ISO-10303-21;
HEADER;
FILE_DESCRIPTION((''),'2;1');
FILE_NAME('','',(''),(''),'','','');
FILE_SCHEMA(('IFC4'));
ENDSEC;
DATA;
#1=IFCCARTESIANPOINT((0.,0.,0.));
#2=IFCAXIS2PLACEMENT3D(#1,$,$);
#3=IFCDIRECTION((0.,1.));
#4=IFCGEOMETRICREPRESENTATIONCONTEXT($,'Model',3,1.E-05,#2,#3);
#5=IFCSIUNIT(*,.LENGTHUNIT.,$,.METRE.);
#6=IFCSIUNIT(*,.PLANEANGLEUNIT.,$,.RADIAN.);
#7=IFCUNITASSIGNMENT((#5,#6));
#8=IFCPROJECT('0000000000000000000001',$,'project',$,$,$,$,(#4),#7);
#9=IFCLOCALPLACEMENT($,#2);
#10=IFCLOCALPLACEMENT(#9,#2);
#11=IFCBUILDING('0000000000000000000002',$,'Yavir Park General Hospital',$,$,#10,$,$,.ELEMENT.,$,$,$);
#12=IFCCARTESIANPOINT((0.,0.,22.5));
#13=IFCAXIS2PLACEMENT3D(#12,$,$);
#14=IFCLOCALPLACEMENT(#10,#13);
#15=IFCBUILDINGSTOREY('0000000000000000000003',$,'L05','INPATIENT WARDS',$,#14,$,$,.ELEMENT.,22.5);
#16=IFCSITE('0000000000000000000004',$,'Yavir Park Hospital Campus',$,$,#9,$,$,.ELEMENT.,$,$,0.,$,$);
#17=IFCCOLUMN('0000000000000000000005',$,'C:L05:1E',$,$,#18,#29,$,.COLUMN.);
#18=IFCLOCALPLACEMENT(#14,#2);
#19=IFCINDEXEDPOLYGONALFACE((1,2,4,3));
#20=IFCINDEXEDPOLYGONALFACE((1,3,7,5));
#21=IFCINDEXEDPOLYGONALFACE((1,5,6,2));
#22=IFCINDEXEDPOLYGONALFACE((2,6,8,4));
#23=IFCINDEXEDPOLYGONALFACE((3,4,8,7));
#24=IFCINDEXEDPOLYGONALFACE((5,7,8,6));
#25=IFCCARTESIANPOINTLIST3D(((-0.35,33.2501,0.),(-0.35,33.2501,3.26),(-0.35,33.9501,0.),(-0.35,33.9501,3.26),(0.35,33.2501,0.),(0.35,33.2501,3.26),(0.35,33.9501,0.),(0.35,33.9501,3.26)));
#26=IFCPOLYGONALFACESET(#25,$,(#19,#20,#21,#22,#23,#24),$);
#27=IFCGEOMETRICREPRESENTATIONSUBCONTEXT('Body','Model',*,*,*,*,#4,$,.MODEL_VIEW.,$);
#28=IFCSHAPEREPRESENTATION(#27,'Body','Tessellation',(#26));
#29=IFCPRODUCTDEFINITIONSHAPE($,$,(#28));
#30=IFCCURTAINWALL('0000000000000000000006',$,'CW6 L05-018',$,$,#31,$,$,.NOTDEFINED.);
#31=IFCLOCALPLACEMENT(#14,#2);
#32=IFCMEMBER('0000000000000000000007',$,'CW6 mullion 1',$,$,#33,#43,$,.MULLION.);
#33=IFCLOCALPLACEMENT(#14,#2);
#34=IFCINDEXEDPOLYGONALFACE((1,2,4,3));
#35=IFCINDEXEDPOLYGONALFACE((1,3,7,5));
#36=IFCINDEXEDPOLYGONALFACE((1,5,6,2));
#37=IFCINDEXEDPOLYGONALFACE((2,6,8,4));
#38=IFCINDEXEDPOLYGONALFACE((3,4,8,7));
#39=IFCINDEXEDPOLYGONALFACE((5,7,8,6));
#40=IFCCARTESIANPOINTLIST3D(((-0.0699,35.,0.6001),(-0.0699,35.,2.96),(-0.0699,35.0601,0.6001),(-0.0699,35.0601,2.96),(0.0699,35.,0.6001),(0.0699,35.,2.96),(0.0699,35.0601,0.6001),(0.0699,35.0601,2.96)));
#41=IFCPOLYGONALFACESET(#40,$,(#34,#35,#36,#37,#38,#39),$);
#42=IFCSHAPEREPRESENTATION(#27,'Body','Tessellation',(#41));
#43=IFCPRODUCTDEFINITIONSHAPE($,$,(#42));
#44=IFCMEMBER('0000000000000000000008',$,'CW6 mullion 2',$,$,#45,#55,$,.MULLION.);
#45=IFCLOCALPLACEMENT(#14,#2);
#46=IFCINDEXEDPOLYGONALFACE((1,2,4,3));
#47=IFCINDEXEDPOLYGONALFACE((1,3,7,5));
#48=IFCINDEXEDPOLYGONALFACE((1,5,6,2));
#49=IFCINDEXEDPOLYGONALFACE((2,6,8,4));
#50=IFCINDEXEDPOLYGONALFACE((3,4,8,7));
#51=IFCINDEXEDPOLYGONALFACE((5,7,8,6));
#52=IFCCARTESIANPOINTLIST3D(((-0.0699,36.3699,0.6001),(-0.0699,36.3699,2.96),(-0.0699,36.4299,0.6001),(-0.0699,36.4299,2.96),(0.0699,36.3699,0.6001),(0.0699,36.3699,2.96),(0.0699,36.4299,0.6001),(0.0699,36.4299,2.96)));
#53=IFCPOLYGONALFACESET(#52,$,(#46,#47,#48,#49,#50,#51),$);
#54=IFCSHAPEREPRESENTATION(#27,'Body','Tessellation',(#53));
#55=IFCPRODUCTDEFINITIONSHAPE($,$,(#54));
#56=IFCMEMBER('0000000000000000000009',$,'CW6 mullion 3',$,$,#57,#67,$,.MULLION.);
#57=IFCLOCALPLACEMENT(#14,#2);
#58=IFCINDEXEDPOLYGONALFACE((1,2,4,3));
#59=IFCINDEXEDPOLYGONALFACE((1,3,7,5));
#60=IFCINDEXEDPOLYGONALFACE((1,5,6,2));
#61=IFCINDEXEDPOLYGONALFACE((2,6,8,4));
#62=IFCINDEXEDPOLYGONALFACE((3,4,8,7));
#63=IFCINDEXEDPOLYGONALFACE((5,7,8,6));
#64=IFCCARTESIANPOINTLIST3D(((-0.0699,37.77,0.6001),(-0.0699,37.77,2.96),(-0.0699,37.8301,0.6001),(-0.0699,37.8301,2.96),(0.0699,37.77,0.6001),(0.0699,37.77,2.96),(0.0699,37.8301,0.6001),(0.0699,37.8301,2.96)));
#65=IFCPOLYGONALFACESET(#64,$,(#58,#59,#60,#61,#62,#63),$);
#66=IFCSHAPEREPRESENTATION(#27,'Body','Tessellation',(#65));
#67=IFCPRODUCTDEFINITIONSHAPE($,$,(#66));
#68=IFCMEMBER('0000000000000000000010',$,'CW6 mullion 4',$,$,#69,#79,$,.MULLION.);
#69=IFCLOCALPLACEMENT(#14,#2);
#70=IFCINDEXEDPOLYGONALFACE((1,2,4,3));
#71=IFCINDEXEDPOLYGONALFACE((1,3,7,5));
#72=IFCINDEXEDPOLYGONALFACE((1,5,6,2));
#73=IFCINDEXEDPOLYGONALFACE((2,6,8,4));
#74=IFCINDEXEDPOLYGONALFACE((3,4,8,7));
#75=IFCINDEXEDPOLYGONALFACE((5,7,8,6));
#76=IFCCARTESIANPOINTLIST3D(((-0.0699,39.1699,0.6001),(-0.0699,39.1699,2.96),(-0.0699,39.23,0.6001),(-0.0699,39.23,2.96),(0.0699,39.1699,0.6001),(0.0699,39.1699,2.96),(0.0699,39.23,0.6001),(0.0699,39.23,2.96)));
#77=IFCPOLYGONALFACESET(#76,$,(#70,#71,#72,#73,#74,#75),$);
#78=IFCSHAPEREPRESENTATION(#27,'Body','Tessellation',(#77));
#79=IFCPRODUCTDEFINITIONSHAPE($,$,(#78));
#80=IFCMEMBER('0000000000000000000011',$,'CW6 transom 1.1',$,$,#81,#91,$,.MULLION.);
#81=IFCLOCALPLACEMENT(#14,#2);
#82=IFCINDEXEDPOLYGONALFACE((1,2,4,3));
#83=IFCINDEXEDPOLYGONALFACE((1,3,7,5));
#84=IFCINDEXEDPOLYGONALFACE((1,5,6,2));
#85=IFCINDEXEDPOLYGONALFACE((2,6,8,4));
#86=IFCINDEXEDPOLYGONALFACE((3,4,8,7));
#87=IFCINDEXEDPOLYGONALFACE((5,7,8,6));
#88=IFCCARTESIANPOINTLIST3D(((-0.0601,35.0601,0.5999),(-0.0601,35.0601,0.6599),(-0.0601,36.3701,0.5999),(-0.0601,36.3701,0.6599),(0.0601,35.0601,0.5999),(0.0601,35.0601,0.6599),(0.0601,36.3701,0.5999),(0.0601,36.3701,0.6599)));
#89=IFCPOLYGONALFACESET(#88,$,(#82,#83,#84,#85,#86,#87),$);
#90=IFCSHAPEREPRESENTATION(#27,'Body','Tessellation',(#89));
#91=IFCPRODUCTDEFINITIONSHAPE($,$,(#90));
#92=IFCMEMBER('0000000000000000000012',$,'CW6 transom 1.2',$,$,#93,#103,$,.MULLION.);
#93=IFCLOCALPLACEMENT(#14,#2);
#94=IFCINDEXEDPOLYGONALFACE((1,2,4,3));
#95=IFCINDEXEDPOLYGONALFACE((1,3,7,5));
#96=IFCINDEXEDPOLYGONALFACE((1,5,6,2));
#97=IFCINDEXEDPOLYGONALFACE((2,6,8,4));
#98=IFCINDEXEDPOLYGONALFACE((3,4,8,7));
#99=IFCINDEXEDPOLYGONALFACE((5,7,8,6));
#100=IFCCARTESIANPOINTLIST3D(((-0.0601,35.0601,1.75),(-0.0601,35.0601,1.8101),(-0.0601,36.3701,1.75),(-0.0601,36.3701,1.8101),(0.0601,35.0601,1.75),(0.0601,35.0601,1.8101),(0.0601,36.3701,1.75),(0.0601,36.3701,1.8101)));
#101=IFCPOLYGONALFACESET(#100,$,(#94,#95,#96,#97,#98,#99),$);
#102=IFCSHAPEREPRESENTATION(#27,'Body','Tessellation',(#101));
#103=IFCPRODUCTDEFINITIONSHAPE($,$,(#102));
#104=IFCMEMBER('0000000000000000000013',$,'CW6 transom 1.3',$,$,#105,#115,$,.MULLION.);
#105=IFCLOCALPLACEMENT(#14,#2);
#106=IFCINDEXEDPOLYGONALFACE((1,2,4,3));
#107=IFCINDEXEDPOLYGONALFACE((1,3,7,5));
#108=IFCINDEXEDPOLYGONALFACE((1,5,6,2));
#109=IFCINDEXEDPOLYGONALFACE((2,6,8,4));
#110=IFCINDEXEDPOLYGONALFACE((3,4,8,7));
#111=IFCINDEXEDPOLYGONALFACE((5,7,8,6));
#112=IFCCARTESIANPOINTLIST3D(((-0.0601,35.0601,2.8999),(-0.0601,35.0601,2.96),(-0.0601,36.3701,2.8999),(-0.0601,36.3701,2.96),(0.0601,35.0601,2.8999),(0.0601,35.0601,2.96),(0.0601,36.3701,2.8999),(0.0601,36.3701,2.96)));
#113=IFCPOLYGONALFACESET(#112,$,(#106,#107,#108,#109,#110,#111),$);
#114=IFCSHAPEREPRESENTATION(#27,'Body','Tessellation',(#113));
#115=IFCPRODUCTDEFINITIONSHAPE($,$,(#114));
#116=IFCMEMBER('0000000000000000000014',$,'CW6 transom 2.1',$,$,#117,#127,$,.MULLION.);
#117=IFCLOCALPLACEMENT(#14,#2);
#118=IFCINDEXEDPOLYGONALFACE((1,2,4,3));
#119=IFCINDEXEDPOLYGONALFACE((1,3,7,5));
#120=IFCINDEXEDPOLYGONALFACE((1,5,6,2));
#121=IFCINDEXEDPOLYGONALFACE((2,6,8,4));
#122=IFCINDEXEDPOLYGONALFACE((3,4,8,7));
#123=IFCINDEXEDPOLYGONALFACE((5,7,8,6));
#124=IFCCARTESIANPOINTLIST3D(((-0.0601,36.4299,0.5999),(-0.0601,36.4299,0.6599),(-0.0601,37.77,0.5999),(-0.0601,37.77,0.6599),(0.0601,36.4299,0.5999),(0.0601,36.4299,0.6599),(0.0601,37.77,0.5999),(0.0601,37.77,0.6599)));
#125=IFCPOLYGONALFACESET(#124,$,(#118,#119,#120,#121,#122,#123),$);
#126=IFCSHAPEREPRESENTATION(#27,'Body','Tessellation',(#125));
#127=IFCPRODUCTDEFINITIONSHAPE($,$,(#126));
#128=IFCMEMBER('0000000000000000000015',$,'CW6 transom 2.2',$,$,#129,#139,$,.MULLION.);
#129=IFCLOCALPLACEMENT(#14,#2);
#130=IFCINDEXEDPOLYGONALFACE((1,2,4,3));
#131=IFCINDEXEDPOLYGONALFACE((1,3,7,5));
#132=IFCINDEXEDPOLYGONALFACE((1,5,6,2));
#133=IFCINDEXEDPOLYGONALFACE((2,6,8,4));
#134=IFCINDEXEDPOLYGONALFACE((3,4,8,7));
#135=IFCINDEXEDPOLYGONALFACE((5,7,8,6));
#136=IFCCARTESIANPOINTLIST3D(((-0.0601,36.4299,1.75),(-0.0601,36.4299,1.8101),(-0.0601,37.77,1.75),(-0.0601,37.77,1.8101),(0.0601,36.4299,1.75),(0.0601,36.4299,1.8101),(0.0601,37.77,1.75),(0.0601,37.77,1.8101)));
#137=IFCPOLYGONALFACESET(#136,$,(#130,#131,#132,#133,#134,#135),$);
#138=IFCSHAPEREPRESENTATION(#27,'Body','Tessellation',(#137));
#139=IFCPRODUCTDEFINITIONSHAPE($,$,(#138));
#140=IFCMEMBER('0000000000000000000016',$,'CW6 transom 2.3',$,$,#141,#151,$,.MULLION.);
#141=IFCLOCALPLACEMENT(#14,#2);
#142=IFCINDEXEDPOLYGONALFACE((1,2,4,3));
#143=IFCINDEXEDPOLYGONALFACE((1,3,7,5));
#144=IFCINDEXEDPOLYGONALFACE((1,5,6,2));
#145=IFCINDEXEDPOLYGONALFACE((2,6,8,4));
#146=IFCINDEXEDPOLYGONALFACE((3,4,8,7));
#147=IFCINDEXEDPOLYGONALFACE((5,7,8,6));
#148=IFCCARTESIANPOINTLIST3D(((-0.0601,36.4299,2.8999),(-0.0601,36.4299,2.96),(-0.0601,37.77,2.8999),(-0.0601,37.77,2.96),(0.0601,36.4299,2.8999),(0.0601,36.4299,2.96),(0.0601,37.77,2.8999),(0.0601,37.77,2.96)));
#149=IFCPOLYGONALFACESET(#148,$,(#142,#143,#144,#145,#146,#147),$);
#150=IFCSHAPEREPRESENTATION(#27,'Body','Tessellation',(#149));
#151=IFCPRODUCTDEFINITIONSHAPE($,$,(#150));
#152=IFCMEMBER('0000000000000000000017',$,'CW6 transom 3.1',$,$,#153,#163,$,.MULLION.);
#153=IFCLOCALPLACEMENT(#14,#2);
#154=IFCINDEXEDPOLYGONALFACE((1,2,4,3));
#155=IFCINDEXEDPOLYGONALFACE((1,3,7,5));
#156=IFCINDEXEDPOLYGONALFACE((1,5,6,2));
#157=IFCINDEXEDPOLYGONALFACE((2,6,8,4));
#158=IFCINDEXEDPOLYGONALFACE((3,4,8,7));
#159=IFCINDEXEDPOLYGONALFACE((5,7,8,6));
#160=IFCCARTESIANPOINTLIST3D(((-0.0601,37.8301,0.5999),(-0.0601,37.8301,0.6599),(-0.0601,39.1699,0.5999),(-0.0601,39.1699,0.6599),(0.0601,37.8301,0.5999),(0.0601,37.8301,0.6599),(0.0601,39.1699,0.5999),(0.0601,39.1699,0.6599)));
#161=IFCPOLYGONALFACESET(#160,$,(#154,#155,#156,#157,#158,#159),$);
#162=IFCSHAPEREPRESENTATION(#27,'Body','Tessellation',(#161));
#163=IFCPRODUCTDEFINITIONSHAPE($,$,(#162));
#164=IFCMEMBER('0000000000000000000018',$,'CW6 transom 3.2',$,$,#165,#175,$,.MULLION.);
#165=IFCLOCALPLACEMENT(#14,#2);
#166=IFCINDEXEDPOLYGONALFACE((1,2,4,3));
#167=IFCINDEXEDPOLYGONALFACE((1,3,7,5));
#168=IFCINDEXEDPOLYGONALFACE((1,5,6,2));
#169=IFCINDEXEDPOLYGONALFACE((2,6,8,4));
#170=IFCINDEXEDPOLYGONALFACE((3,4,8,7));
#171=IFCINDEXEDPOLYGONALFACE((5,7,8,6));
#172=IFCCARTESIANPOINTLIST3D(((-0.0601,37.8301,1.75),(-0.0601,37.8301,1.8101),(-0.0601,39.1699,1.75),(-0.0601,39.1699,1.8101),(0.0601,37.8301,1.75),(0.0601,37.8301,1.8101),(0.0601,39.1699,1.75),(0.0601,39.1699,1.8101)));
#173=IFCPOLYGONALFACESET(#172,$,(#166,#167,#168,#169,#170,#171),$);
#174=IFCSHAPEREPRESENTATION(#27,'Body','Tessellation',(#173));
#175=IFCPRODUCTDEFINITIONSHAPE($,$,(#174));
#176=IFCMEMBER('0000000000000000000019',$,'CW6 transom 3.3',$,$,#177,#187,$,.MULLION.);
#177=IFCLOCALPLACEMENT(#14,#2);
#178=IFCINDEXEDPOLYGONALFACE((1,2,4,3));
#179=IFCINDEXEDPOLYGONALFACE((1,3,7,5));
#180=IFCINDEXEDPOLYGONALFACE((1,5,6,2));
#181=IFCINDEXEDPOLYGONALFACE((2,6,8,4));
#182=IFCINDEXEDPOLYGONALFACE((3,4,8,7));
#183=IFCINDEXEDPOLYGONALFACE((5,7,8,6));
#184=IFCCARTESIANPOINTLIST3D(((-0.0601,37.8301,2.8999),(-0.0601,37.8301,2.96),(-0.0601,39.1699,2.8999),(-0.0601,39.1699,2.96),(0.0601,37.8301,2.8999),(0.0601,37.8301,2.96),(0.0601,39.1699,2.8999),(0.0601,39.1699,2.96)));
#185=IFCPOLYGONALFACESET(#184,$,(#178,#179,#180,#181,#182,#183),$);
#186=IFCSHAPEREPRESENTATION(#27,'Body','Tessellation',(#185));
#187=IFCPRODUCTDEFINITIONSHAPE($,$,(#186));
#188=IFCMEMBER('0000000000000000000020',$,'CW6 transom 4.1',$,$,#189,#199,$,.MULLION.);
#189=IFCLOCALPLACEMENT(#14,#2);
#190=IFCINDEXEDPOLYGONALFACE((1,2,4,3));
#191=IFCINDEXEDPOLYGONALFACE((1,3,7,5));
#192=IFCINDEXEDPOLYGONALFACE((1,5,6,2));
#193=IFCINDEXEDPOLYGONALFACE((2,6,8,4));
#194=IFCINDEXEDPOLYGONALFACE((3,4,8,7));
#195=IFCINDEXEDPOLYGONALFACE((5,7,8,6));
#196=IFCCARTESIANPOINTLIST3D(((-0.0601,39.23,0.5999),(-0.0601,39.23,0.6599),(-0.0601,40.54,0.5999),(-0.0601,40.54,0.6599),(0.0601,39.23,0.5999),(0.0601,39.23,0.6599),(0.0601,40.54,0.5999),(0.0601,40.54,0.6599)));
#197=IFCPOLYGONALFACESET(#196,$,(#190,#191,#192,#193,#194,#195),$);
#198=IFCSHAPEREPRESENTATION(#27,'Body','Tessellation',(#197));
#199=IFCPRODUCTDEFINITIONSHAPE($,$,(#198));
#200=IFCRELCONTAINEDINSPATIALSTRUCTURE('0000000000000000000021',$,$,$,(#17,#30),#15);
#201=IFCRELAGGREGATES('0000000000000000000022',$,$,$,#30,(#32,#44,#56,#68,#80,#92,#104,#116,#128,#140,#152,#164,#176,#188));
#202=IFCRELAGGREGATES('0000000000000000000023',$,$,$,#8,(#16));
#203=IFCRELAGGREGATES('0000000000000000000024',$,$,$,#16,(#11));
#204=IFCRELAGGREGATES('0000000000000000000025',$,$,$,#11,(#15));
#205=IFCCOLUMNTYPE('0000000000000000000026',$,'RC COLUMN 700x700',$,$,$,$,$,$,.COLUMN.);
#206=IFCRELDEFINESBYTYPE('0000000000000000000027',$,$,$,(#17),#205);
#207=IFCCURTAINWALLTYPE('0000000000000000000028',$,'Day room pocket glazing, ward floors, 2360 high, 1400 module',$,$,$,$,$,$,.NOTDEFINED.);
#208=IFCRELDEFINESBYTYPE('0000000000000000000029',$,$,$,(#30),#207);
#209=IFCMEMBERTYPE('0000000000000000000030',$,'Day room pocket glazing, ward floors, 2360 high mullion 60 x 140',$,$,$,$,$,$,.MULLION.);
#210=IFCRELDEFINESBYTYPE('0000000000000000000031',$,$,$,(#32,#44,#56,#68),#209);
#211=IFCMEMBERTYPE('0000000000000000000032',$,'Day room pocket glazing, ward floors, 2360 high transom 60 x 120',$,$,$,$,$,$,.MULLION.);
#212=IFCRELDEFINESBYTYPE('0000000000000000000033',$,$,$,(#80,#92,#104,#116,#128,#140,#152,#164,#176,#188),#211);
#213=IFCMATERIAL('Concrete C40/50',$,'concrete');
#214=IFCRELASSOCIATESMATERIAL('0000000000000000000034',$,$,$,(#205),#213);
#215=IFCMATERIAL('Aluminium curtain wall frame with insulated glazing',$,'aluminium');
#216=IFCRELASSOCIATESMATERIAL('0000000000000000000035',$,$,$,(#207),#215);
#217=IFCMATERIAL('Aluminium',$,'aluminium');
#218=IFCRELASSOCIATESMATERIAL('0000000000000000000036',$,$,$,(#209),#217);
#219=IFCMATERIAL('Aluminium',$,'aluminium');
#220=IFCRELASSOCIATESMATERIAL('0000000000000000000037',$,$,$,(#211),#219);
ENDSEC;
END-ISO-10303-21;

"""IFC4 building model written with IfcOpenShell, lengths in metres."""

from ifc_helpers import new_model, si_unit, direction, frame, origin, origin_2d, place, context, subcontext, project, spatial, rectangle, extrude, material, material_profile, profile_set, type_object, element, aggregate, save


model = new_model("IFC4")

# Units and contexts
model_context = context("Model", 3, precision=1e-05, world=origin(), true_north=direction((0.0, 1.0)))
body_context = subcontext(model_context, "Body", "Model", "MODEL_VIEW")
ifc_project = project(units=[si_unit("LENGTHUNIT", "METRE"), si_unit("PLANEANGLEUNIT", "RADIAN")], contexts=[model_context])

# Site, building, storey
site_placement = place(None, origin())
site = spatial("IfcSite", under=ifc_project, at=site_placement, Name="Yavir Park Hospital Campus", CompositionType="ELEMENT", RefElevation=0.0)
building_placement = place(site_placement, origin())
building = spatial("IfcBuilding", under=site, at=building_placement, Name="Yavir Park General Hospital", CompositionType="ELEMENT")
storey_placement = place(building_placement, frame((0.0, 0.0, 22.5)))
storey = spatial("IfcBuildingStorey", under=building, at=storey_placement, Name="L05", Description="INPATIENT WARDS", CompositionType="ELEMENT", Elevation=22.5)

# Column
ifc_material_1 = material(Name="Concrete C40/50", Category="concrete")
ifc_material_profile_1 = material_profile(ifc_material_1, rectangle(XDim=0.7, YDim=0.7, at=origin_2d()), Name="RC700x700")
ifc_profile_set_1 = profile_set([ifc_material_profile_1], Name="Concrete C40/50")
column_type = type_object("IfcColumnType", Name="RC COLUMN 700x700", PredefinedType="COLUMN", material=ifc_profile_set_1)
column_placement = place(storey_placement, frame((0.0, 33.6001, 0.0), z_axis=(0.0, 0.0, 1.0), x_axis=(1.0, 0.0, 0.0)))
element("IfcColumn", 1, at=column_placement, inside=storey, type_object=column_type, Name="C:L05:1E", PredefinedType="COLUMN", context=body_context, shape_type="SweptSolid", body=[
    extrude(rectangle(XDim=0.7, YDim=0.7, at=origin_2d()), origin(), (0.0, 0.0, 1.0), 3.26),
])

# Curtain wall, members
ifc_material_2 = material(Name="Aluminium curtain wall frame with insulated glazing", Category="aluminium")
curtain_wall_type = type_object("IfcCurtainWallType", Name="Day room pocket glazing, ward floors, 2360 high, 1400 module", PredefinedType="NOTDEFINED", material=ifc_material_2)
curtain_wall_placement = place(storey_placement, origin())
curtain_wall = element("IfcCurtainWall", 2, at=curtain_wall_placement, inside=storey, type_object=curtain_wall_type, Name="CW6 L05-018", PredefinedType="NOTDEFINED")
ifc_material_3 = material(Name="Aluminium", Category="aluminium")
ifc_material_profile_2 = material_profile(ifc_material_3, rectangle(XDim=0.1399, YDim=0.0601, at=origin_2d()), Name="AL 60x140")
ifc_profile_set_2 = profile_set([ifc_material_profile_2], Name="Aluminium")
member_type_1 = type_object("IfcMemberType", Name="Day room pocket glazing, ward floors, 2360 high mullion 60 x 140", PredefinedType="MULLION", material=ifc_profile_set_2)
member_1_placement = place(storey_placement, frame((0.0, 35.03, 0.6001), z_axis=(0.0, 0.0, 1.0), x_axis=(-1.0, 0.0, 0.0)))
member_1 = element("IfcMember", 3, at=member_1_placement, type_object=member_type_1, Name="CW6 mullion 1", PredefinedType="MULLION", context=body_context, shape_type="SweptSolid", body=[
    extrude(rectangle(XDim=0.1399, YDim=0.0601, at=origin_2d()), origin(), (0.0, 0.0, 1.0), 2.3599),
])
member_2_placement = place(storey_placement, frame((0.0, 36.3999, 0.6001), z_axis=(0.0, 0.0, 1.0), x_axis=(-1.0, 0.0, 0.0)))
member_2 = element("IfcMember", 4, at=member_2_placement, type_object=member_type_1, Name="CW6 mullion 2", PredefinedType="MULLION", context=body_context, shape_type="SweptSolid", body=[
    extrude(rectangle(XDim=0.1399, YDim=0.0601, at=origin_2d()), origin(), (0.0, 0.0, 1.0), 2.3599),
])
member_3_placement = place(storey_placement, frame((0.0, 37.8, 0.6001), z_axis=(0.0, 0.0, 1.0), x_axis=(-1.0, 0.0, 0.0)))
member_3 = element("IfcMember", 5, at=member_3_placement, type_object=member_type_1, Name="CW6 mullion 3", PredefinedType="MULLION", context=body_context, shape_type="SweptSolid", body=[
    extrude(rectangle(XDim=0.1399, YDim=0.0601, at=origin_2d()), origin(), (0.0, 0.0, 1.0), 2.3599),
])
member_4_placement = place(storey_placement, frame((0.0, 39.2, 0.6001), z_axis=(0.0, 0.0, 1.0), x_axis=(-1.0, 0.0, 0.0)))
member_4 = element("IfcMember", 6, at=member_4_placement, type_object=member_type_1, Name="CW6 mullion 4", PredefinedType="MULLION", context=body_context, shape_type="SweptSolid", body=[
    extrude(rectangle(XDim=0.1399, YDim=0.0601, at=origin_2d()), origin(), (0.0, 0.0, 1.0), 2.3599),
])
ifc_material_4 = material(Name="Aluminium", Category="aluminium")
ifc_material_profile_3 = material_profile(ifc_material_4, rectangle(XDim=0.1201, YDim=0.0601, at=origin_2d()), Name="AL 120x60")
ifc_profile_set_3 = profile_set([ifc_material_profile_3], Name="Aluminium")
member_type_2 = type_object("IfcMemberType", Name="Day room pocket glazing, ward floors, 2360 high transom 60 x 120", PredefinedType="MULLION", material=ifc_profile_set_3)
member_5_placement = place(storey_placement, frame((0.0, 35.0601, 0.6299), z_axis=(0.0, 1.0, 0.0), x_axis=(-1.0, 0.0, 0.0)))
member_5 = element("IfcMember", 7, at=member_5_placement, type_object=member_type_2, Name="CW6 transom 1.1", PredefinedType="MULLION", context=body_context, shape_type="SweptSolid", body=[
    extrude(rectangle(XDim=0.1201, YDim=0.0601, at=origin_2d()), origin(), (0.0, 0.0, 1.0), 1.3101),
])
member_6_placement = place(storey_placement, frame((0.0, 35.0601, 1.78), z_axis=(0.0, 1.0, 0.0), x_axis=(-1.0, 0.0, 0.0)))
member_6 = element("IfcMember", 8, at=member_6_placement, type_object=member_type_2, Name="CW6 transom 1.2", PredefinedType="MULLION", context=body_context, shape_type="SweptSolid", body=[
    extrude(rectangle(XDim=0.1201, YDim=0.0601, at=origin_2d()), origin(), (0.0, 0.0, 1.0), 1.3101),
])
member_7_placement = place(storey_placement, frame((0.0, 35.0601, 2.9299), z_axis=(0.0, 1.0, 0.0), x_axis=(-1.0, 0.0, 0.0)))
member_7 = element("IfcMember", 9, at=member_7_placement, type_object=member_type_2, Name="CW6 transom 1.3", PredefinedType="MULLION", context=body_context, shape_type="SweptSolid", body=[
    extrude(rectangle(XDim=0.1201, YDim=0.0601, at=origin_2d()), origin(), (0.0, 0.0, 1.0), 1.3101),
])
member_8_placement = place(storey_placement, frame((0.0, 36.4299, 0.6299), z_axis=(0.0, 1.0, 0.0), x_axis=(-1.0, 0.0, 0.0)))
member_8 = element("IfcMember", 10, at=member_8_placement, type_object=member_type_2, Name="CW6 transom 2.1", PredefinedType="MULLION", context=body_context, shape_type="SweptSolid", body=[
    extrude(rectangle(XDim=0.1201, YDim=0.0601, at=origin_2d()), origin(), (0.0, 0.0, 1.0), 1.3401),
])
member_9_placement = place(storey_placement, frame((0.0, 36.4299, 1.78), z_axis=(0.0, 1.0, 0.0), x_axis=(-1.0, 0.0, 0.0)))
member_9 = element("IfcMember", 11, at=member_9_placement, type_object=member_type_2, Name="CW6 transom 2.2", PredefinedType="MULLION", context=body_context, shape_type="SweptSolid", body=[
    extrude(rectangle(XDim=0.1201, YDim=0.0601, at=origin_2d()), origin(), (0.0, 0.0, 1.0), 1.3401),
])
member_10_placement = place(storey_placement, frame((0.0, 36.4299, 2.9299), z_axis=(0.0, 1.0, 0.0), x_axis=(-1.0, 0.0, 0.0)))
member_10 = element("IfcMember", 12, at=member_10_placement, type_object=member_type_2, Name="CW6 transom 2.3", PredefinedType="MULLION", context=body_context, shape_type="SweptSolid", body=[
    extrude(rectangle(XDim=0.1201, YDim=0.0601, at=origin_2d()), origin(), (0.0, 0.0, 1.0), 1.3401),
])
member_11_placement = place(storey_placement, frame((0.0, 37.8301, 0.6299), z_axis=(0.0, 1.0, 0.0), x_axis=(-1.0, 0.0, 0.0)))
member_11 = element("IfcMember", 13, at=member_11_placement, type_object=member_type_2, Name="CW6 transom 3.1", PredefinedType="MULLION", context=body_context, shape_type="SweptSolid", body=[
    extrude(rectangle(XDim=0.1201, YDim=0.0601, at=origin_2d()), origin(), (0.0, 0.0, 1.0), 1.3398),
])
member_12_placement = place(storey_placement, frame((0.0, 37.8301, 1.78), z_axis=(0.0, 1.0, 0.0), x_axis=(-1.0, 0.0, 0.0)))
member_12 = element("IfcMember", 14, at=member_12_placement, type_object=member_type_2, Name="CW6 transom 3.2", PredefinedType="MULLION", context=body_context, shape_type="SweptSolid", body=[
    extrude(rectangle(XDim=0.1201, YDim=0.0601, at=origin_2d()), origin(), (0.0, 0.0, 1.0), 1.3398),
])
member_13_placement = place(storey_placement, frame((0.0, 37.8301, 2.9299), z_axis=(0.0, 1.0, 0.0), x_axis=(-1.0, 0.0, 0.0)))
member_13 = element("IfcMember", 15, at=member_13_placement, type_object=member_type_2, Name="CW6 transom 3.3", PredefinedType="MULLION", context=body_context, shape_type="SweptSolid", body=[
    extrude(rectangle(XDim=0.1201, YDim=0.0601, at=origin_2d()), origin(), (0.0, 0.0, 1.0), 1.3398),
])
member_14_placement = place(storey_placement, frame((0.0, 39.23, 0.6299), z_axis=(0.0, 1.0, 0.0), x_axis=(-1.0, 0.0, 0.0)))
member_14 = element("IfcMember", 16, at=member_14_placement, type_object=member_type_2, Name="CW6 transom 4.1", PredefinedType="MULLION", context=body_context, shape_type="SweptSolid", body=[
    extrude(rectangle(XDim=0.1201, YDim=0.0601, at=origin_2d()), origin(), (0.0, 0.0, 1.0), 1.3101),
])

aggregate(curtain_wall, [member_1, member_2, member_3, member_4, member_5, member_6, member_7, member_8, member_9, member_10, member_11, member_12, member_13, member_14])

save(model, "model.ifc")
